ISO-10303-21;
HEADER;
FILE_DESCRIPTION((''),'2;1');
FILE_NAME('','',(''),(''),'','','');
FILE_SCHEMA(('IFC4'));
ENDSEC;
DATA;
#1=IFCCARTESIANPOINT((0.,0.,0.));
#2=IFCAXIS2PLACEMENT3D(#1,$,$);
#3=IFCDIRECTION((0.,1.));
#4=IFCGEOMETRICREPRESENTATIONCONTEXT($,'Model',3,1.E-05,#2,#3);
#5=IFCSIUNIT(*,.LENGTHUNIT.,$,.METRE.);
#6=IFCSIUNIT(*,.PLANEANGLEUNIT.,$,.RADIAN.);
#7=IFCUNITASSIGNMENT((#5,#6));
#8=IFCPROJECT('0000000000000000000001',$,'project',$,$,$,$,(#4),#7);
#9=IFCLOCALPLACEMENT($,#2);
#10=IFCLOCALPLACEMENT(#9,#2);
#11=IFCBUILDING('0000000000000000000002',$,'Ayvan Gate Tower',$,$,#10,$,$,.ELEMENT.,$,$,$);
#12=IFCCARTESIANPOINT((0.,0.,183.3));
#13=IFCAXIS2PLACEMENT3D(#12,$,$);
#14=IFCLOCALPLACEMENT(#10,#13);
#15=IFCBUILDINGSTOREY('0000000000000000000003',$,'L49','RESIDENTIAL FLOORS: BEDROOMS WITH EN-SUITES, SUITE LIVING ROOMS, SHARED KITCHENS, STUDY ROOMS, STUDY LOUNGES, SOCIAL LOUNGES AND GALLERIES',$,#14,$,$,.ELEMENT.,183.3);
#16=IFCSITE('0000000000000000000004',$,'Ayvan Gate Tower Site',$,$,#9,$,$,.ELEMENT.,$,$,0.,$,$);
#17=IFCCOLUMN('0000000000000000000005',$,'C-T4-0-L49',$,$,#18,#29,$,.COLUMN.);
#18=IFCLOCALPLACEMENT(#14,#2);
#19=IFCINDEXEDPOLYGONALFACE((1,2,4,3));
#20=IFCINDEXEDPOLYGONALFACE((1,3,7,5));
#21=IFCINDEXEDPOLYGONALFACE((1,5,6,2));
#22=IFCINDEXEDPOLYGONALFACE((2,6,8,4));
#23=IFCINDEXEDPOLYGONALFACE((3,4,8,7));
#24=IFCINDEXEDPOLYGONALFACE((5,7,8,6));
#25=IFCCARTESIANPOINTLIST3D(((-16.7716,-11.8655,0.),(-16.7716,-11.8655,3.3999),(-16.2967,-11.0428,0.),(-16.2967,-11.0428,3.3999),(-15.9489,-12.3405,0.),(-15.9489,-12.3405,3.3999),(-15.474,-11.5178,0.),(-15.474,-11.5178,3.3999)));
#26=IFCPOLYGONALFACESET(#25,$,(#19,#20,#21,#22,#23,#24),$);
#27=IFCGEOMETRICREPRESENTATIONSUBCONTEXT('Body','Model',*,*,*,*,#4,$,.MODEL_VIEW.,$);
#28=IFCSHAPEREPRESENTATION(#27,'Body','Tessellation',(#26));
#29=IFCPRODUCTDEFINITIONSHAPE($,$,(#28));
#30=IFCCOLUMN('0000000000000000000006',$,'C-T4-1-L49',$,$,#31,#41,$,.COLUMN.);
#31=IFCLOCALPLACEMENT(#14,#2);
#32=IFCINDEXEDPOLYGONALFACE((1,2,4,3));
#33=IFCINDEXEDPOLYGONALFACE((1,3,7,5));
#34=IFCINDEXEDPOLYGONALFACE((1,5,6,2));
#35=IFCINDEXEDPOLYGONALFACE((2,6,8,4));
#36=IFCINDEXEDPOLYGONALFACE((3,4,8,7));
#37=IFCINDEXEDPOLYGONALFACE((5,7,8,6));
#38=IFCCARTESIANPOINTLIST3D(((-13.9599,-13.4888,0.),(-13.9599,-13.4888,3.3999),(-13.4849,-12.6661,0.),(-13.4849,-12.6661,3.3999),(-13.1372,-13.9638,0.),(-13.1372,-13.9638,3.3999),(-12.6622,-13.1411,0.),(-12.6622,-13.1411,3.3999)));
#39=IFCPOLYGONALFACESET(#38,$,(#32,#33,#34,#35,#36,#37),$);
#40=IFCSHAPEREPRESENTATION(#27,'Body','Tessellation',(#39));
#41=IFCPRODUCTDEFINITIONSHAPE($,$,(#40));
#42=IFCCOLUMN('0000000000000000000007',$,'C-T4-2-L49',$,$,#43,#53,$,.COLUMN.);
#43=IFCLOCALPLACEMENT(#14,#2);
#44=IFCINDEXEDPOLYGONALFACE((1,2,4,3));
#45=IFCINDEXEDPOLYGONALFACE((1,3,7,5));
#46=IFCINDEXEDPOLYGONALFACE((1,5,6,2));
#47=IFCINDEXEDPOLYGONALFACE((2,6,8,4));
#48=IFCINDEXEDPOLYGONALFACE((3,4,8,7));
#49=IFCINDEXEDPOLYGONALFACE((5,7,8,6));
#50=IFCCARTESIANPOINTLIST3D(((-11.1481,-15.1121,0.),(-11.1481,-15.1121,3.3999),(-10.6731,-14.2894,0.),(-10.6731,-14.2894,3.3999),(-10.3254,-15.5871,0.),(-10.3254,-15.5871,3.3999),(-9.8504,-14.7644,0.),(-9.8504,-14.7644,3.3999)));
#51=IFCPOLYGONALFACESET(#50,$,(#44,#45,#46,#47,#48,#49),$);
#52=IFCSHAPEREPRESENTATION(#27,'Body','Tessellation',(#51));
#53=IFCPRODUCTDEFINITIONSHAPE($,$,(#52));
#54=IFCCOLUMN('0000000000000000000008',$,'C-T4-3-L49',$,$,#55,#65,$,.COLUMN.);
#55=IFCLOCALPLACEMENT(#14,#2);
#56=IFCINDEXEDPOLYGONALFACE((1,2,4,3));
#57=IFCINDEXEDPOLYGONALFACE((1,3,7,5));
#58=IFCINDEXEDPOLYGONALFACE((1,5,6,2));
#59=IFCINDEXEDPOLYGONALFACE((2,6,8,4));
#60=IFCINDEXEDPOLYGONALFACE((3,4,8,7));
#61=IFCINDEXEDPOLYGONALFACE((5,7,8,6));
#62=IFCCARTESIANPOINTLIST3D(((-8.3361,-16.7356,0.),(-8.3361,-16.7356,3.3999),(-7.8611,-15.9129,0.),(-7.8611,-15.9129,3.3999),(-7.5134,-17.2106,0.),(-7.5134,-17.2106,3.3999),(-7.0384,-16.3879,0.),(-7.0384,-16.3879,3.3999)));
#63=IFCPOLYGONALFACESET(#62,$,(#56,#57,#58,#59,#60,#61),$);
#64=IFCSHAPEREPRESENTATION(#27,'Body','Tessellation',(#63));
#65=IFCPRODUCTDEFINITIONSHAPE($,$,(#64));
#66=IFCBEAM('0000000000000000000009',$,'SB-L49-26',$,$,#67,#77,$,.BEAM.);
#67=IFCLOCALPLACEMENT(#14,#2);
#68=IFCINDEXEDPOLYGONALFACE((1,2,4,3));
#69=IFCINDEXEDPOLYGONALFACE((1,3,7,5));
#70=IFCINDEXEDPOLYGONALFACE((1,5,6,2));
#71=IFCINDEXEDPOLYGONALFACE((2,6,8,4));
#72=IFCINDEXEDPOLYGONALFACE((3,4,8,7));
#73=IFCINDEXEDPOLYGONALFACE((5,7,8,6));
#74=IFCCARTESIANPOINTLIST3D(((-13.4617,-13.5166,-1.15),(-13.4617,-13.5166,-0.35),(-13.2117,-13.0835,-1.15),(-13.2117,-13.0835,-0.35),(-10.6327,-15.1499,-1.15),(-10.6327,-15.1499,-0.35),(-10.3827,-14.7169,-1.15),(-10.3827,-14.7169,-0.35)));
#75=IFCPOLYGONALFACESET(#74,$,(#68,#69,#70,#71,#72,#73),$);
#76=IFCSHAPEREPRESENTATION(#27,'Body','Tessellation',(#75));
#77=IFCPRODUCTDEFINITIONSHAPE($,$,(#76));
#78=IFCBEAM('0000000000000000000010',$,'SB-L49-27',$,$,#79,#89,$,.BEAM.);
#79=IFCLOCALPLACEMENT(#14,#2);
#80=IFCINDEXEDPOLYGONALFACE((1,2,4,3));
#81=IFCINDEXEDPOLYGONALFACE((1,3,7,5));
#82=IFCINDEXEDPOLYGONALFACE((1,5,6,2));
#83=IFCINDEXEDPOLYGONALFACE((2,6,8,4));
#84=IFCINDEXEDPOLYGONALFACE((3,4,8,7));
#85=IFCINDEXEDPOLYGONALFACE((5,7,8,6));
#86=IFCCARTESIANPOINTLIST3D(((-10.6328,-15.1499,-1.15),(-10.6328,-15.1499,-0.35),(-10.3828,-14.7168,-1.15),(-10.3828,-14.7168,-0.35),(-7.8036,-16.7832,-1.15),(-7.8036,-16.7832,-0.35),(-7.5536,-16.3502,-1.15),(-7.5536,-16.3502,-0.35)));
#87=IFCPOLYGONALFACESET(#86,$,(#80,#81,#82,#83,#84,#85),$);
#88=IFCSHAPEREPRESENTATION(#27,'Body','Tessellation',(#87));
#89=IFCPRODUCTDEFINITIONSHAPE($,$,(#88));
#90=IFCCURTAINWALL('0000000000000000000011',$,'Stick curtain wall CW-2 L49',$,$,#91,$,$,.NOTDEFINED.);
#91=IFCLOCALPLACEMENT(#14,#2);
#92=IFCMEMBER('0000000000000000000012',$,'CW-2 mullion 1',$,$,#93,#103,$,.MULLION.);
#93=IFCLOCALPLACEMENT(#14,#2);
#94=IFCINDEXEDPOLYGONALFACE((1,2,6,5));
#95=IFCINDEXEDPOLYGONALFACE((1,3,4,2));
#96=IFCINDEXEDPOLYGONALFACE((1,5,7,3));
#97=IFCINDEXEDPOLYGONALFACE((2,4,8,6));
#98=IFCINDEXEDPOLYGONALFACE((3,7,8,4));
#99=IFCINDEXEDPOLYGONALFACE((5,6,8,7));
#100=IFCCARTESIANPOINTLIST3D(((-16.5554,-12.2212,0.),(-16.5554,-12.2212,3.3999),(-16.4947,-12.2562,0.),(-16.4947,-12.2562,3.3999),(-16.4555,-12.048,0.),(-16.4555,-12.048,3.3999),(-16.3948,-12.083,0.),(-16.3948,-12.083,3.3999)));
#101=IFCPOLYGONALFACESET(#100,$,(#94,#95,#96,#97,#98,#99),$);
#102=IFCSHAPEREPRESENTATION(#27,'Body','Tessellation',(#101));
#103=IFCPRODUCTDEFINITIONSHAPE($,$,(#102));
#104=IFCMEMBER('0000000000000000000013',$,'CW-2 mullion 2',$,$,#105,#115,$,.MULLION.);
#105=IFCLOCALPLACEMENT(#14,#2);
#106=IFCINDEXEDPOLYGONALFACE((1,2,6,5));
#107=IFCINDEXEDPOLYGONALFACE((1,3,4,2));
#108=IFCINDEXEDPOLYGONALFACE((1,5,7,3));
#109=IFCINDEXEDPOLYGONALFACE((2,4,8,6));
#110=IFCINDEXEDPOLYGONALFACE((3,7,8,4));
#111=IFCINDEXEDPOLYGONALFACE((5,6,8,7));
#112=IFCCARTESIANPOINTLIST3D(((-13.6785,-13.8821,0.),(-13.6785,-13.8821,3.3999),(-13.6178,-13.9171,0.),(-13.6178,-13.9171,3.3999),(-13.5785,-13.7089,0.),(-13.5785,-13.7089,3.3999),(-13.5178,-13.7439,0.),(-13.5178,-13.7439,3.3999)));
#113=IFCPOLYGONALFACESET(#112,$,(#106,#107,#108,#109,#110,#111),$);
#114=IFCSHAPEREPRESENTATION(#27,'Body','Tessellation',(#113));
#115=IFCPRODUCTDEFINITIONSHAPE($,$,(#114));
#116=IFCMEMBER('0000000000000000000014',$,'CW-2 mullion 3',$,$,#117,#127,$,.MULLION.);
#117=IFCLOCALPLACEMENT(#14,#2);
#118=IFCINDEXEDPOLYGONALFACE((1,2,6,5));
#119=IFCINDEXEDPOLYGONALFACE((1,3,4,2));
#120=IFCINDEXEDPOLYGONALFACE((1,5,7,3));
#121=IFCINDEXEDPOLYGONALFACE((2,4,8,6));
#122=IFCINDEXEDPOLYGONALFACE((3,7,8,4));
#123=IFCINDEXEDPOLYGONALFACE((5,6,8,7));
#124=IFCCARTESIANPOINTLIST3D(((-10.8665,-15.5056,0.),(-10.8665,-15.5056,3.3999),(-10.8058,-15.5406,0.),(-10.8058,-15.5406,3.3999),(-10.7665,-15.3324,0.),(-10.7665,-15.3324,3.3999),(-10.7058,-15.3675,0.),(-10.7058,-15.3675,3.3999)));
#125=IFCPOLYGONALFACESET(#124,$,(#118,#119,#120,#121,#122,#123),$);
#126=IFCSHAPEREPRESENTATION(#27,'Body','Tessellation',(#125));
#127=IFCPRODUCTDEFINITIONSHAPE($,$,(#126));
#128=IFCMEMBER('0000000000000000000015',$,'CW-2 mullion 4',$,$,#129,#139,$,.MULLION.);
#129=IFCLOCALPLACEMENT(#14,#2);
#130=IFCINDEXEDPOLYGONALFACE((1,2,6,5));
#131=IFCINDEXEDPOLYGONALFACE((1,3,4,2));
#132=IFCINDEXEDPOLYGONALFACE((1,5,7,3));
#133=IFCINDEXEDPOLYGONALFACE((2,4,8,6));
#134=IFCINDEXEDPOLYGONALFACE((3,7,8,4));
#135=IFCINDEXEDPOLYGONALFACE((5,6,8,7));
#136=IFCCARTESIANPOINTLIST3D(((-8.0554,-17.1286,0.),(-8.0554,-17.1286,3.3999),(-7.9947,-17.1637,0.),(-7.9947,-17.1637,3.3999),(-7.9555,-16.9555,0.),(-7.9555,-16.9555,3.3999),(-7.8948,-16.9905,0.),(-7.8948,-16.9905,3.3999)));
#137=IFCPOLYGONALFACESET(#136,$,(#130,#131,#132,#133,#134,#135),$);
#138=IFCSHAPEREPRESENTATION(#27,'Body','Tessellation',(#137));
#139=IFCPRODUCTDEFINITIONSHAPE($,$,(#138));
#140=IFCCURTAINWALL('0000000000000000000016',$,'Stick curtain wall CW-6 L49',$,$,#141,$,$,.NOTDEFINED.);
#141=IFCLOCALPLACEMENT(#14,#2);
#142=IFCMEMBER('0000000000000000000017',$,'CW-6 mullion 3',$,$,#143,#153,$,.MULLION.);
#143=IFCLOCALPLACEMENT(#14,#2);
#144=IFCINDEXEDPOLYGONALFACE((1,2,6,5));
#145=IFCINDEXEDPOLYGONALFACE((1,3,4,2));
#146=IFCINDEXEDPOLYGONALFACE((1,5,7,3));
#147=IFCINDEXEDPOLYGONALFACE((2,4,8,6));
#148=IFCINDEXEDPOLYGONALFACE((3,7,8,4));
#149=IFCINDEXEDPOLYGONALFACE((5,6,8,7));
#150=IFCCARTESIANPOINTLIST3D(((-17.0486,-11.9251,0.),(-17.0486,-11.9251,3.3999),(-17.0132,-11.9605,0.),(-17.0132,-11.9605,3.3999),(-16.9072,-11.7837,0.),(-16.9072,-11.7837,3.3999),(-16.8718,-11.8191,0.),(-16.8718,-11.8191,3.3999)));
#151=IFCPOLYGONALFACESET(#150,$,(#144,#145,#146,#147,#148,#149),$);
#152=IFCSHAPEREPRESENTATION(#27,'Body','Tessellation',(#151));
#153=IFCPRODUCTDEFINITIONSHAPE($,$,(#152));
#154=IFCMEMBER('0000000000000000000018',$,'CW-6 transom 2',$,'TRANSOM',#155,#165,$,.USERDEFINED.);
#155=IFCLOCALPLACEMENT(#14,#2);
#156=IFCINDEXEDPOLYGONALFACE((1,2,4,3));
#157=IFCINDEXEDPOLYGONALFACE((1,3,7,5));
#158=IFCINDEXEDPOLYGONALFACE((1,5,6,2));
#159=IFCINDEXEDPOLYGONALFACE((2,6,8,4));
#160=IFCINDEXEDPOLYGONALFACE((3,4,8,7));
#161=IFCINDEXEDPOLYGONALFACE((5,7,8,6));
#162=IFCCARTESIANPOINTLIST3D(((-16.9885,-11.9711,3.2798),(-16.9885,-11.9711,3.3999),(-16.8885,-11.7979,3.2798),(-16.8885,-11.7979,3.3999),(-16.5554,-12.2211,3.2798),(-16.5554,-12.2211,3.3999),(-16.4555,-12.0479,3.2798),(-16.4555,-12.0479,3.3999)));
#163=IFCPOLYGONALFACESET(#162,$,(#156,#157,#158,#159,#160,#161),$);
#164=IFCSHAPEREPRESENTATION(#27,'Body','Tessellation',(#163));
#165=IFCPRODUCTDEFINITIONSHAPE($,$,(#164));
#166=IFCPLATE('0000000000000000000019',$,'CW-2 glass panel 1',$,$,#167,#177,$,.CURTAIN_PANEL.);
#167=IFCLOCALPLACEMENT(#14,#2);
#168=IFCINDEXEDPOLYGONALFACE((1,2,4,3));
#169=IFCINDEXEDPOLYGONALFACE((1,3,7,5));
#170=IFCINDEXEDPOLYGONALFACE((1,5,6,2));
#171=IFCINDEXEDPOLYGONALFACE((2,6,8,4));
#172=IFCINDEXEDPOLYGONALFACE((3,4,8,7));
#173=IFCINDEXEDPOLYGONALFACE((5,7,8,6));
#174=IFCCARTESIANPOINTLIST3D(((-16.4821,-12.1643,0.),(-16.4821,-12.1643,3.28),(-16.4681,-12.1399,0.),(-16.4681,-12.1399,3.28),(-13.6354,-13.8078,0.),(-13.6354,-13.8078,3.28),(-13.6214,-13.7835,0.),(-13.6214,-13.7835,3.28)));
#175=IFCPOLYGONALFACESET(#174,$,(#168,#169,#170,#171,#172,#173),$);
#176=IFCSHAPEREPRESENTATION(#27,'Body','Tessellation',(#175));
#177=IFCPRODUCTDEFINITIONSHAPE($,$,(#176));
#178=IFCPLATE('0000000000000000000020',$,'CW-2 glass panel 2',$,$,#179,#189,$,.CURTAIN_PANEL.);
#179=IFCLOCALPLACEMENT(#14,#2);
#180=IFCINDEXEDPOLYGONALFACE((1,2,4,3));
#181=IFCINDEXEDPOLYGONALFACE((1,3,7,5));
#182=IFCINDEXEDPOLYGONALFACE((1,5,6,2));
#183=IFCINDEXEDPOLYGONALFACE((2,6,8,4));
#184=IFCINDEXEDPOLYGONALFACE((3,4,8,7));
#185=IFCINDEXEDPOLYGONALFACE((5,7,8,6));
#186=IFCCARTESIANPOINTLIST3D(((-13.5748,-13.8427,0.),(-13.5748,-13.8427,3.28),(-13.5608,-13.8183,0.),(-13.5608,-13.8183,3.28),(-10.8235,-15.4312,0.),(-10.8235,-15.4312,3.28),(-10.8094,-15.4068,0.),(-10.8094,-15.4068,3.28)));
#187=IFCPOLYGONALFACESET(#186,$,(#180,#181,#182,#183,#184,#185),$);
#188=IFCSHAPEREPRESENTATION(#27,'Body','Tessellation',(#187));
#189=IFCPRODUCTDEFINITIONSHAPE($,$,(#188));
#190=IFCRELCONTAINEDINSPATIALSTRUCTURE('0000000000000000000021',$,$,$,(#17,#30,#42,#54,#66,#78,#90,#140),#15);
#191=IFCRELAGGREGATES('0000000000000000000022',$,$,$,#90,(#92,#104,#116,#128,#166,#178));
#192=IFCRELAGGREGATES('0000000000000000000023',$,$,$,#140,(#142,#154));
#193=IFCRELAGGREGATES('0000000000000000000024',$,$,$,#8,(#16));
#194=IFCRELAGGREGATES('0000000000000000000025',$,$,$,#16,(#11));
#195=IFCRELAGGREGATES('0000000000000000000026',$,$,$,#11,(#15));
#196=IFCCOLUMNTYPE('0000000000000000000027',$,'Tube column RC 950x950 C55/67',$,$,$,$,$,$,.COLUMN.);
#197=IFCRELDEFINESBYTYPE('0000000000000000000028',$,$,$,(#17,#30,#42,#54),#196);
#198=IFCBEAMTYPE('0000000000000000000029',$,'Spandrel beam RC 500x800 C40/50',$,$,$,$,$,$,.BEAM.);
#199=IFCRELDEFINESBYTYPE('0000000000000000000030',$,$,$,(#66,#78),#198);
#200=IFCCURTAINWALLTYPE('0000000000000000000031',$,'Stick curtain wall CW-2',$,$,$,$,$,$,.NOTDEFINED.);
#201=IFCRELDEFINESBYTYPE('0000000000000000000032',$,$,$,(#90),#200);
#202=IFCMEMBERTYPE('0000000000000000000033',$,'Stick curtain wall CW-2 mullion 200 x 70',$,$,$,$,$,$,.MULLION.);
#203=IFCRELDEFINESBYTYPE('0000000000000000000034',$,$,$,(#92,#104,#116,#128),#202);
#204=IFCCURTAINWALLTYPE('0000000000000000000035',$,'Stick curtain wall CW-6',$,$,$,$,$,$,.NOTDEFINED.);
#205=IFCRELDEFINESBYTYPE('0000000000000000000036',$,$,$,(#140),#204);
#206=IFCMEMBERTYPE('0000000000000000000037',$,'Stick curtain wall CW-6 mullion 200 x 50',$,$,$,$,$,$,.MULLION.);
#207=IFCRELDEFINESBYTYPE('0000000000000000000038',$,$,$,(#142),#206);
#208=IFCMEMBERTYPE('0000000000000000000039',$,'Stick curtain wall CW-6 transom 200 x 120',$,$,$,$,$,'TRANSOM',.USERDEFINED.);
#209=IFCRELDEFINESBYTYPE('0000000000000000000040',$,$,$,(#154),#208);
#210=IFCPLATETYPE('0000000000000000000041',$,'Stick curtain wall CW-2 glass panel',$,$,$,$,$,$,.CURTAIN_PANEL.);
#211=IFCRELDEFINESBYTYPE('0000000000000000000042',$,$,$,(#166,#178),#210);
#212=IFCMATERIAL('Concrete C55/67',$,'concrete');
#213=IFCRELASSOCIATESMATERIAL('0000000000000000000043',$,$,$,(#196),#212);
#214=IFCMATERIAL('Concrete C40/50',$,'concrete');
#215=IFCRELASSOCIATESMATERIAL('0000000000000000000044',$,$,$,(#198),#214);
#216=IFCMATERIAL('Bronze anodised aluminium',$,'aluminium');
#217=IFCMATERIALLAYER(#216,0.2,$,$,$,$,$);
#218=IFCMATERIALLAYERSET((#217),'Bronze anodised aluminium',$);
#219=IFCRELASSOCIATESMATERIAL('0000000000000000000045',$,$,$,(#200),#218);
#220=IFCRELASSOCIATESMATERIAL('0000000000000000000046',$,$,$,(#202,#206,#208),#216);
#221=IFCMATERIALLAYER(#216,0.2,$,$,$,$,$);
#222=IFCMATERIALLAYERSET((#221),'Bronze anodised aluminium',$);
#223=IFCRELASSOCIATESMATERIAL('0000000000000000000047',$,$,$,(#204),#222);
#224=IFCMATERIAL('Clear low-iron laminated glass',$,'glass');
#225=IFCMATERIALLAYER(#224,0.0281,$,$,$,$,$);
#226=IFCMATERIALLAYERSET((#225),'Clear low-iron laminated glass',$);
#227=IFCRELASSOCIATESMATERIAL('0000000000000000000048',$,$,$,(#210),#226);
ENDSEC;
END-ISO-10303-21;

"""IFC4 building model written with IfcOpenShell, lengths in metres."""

from ifc_helpers import new_model, si_unit, direction, frame, origin, origin_2d, place, context, subcontext, project, spatial, rectangle, extrude, material, layer, layer_set, material_profile, profile_set, type_object, element, aggregate, save


model = new_model("IFC4")

# Units and contexts
model_context = context("Model", 3, precision=1e-05, world=origin(), true_north=direction((0.0, 1.0)))
body_context = subcontext(model_context, "Body", "Model", "MODEL_VIEW")
ifc_project = project(units=[si_unit("LENGTHUNIT", "METRE"), si_unit("PLANEANGLEUNIT", "RADIAN")], contexts=[model_context])

# Site, building, storey
site_placement = place(None, origin())
site = spatial("IfcSite", under=ifc_project, at=site_placement, Name="Ayvan Gate Tower Site", CompositionType="ELEMENT", RefElevation=0.0)
building_placement = place(site_placement, origin())
building = spatial("IfcBuilding", under=site, at=building_placement, Name="Ayvan Gate Tower", CompositionType="ELEMENT")
storey_placement = place(building_placement, frame((0.0, 0.0, 183.3)))
storey = spatial("IfcBuildingStorey", under=building, at=storey_placement, Name="L49", Description="RESIDENTIAL FLOORS: BEDROOMS WITH EN-SUITES, SUITE LIVING ROOMS, SHARED KITCHENS, STUDY ROOMS, STUDY LOUNGES, SOCIAL LOUNGES AND GALLERIES", CompositionType="ELEMENT", Elevation=183.3)

# Columns
ifc_material_1 = material(Name="Concrete C55/67", Category="concrete")
ifc_material_profile_1 = material_profile(ifc_material_1, rectangle(XDim=0.95, YDim=0.95, at=origin_2d()), Name="RC 950x950")
ifc_profile_set_1 = profile_set([ifc_material_profile_1], Name="Concrete C55/67")
column_type = type_object("IfcColumnType", Name="Tube column RC 950x950 C55/67", PredefinedType="COLUMN", material=ifc_profile_set_1)
for number, where, z_axis, x_axis, name in (
    (1, (-16.1228, -11.6917, 0.0), (0.0, 0.0, 1.0), (-0.5, -0.866025, 0.0), "C-T4-0-L49"),
    (2, (-13.311, -13.3149, 0.0), (0.0, 0.0, 1.0), (-0.5, -0.866025, 0.0), "C-T4-1-L49"),
    (3, (-10.4993, -14.9382, 0.0), (0.0, 0.0, 1.0), (-0.5, -0.866025, 0.0), "C-T4-2-L49"),
    (4, (-7.6873, -16.5618, 0.0), (0.0, 0.0, 1.0), (-0.5, -0.866025, 0.0), "C-T4-3-L49"),
):
    element("IfcColumn", number, at=place(storey_placement, frame(where, z_axis=z_axis, x_axis=x_axis)), inside=storey, type_object=column_type, Name=name, PredefinedType="COLUMN", context=body_context, shape_type="SweptSolid", body=[
        extrude(rectangle(XDim=0.95, YDim=0.95, at=origin_2d()), origin(), (0.0, 0.0, 1.0), 3.3999),
    ])

# Beams
ifc_material_2 = material(Name="Concrete C40/50", Category="concrete")
ifc_material_profile_2 = material_profile(ifc_material_2, rectangle(XDim=0.5, YDim=0.8, at=origin_2d()), Name="RC 500x800")
ifc_profile_set_2 = profile_set([ifc_material_profile_2], Name="Concrete C40/50")
beam_type = type_object("IfcBeamType", Name="Spandrel beam RC 500x800 C40/50", PredefinedType="BEAM", material=ifc_profile_set_2)
beam_1_placement = place(storey_placement, frame((-13.3367, -13.3, -0.75), z_axis=(0.866018, -0.500014, 0.0), x_axis=(0.500014, 0.866018, 0.0)))
element("IfcBeam", 5, at=beam_1_placement, inside=storey, type_object=beam_type, Name="SB-L49-26", PredefinedType="BEAM", context=body_context, shape_type="SweptSolid", body=[
    extrude(rectangle(XDim=0.5, YDim=0.8, at=origin_2d()), origin(), (0.0, 0.0, 1.0), 3.2666),
])
beam_2_placement = place(storey_placement, frame((-10.5078, -14.9333, -0.75), z_axis=(0.866036, -0.499981, 0.0), x_axis=(0.499981, 0.866036, 0.0)))
element("IfcBeam", 6, at=beam_2_placement, inside=storey, type_object=beam_type, Name="SB-L49-27", PredefinedType="BEAM", context=body_context, shape_type="SweptSolid", body=[
    extrude(rectangle(XDim=0.5, YDim=0.8, at=origin_2d()), origin(), (0.0, 0.0, 1.0), 3.2668),
])

# Curtain walls, members
ifc_material_3 = material(Name="Bronze anodised aluminium", Category="aluminium")
ifc_layer_1 = layer(ifc_material_3, 0.2)
ifc_layer_set_1 = layer_set([ifc_layer_1], Name="Bronze anodised aluminium")
curtain_wall_type_1 = type_object("IfcCurtainWallType", Name="Stick curtain wall CW-2", PredefinedType="NOTDEFINED", material=ifc_layer_set_1)
curtain_wall_1_placement = place(storey_placement, origin())
curtain_wall_1 = element("IfcCurtainWall", 7, at=curtain_wall_1_placement, inside=storey, type_object=curtain_wall_type_1, Name="Stick curtain wall CW-2 L49", PredefinedType="NOTDEFINED")
ifc_material_profile_3 = material_profile(ifc_material_3, rectangle(XDim=0.2, YDim=0.0701, at=origin_2d()), Name="Stick curtain wall CW-2 mullion 200 x 70")
ifc_profile_set_3 = profile_set([ifc_material_profile_3], Name="Bronze anodised aluminium")
member_type_1 = type_object("IfcMemberType", Name="Stick curtain wall CW-2 mullion 200 x 70", PredefinedType="MULLION", material=ifc_profile_set_3)
member_1_placement = place(storey_placement, frame((-16.4751, -12.1521, 0.0), z_axis=(0.0, 0.0, 1.0), x_axis=(-0.5, -0.866025, 0.0)))
member_1 = element("IfcMember", 8, at=member_1_placement, type_object=member_type_1, Name="CW-2 mullion 1", PredefinedType="MULLION", context=body_context, shape_type="SweptSolid", body=[
    extrude(rectangle(XDim=0.2, YDim=0.0701, at=origin_2d()), origin(), (0.0, 0.0, 1.0), 3.3999),
])
member_2_placement = place(storey_placement, frame((-13.5981, -13.813, 0.0), z_axis=(0.0, 0.0, 1.0), x_axis=(-0.5, -0.866025, 0.0)))
member_2 = element("IfcMember", 9, at=member_2_placement, type_object=member_type_1, Name="CW-2 mullion 2", PredefinedType="MULLION", context=body_context, shape_type="SweptSolid", body=[
    extrude(rectangle(XDim=0.2, YDim=0.0701, at=origin_2d()), origin(), (0.0, 0.0, 1.0), 3.3999),
])
member_3_placement = place(storey_placement, frame((-10.7861, -15.4365, 0.0), z_axis=(0.0, 0.0, 1.0), x_axis=(-0.5, -0.866025, 0.0)))
member_3 = element("IfcMember", 10, at=member_3_placement, type_object=member_type_1, Name="CW-2 mullion 3", PredefinedType="MULLION", context=body_context, shape_type="SweptSolid", body=[
    extrude(rectangle(XDim=0.2, YDim=0.0701, at=origin_2d()), origin(), (0.0, 0.0, 1.0), 3.3999),
])
member_4_placement = place(storey_placement, frame((-7.9751, -17.0596, 0.0), z_axis=(0.0, 0.0, 1.0), x_axis=(-0.5, -0.866025, 0.0)))
member_4 = element("IfcMember", 11, at=member_4_placement, type_object=member_type_1, Name="CW-2 mullion 4", PredefinedType="MULLION", context=body_context, shape_type="SweptSolid", body=[
    extrude(rectangle(XDim=0.2, YDim=0.0701, at=origin_2d()), origin(), (0.0, 0.0, 1.0), 3.3999),
])
ifc_layer_2 = layer(ifc_material_3, 0.2)
ifc_layer_set_2 = layer_set([ifc_layer_2], Name="Bronze anodised aluminium")
curtain_wall_type_2 = type_object("IfcCurtainWallType", Name="Stick curtain wall CW-6", PredefinedType="NOTDEFINED", material=ifc_layer_set_2)
curtain_wall_2_placement = place(storey_placement, origin())
curtain_wall_2 = element("IfcCurtainWall", 12, at=curtain_wall_2_placement, inside=storey, type_object=curtain_wall_type_2, Name="Stick curtain wall CW-6 L49", PredefinedType="NOTDEFINED")
ifc_material_profile_4 = material_profile(ifc_material_3, rectangle(XDim=0.2, YDim=0.05, at=origin_2d()), Name="Stick curtain wall CW-6 mullion 200 x 50")
ifc_profile_set_4 = profile_set([ifc_material_profile_4], Name="Bronze anodised aluminium")
member_type_2 = type_object("IfcMemberType", Name="Stick curtain wall CW-6 mullion 200 x 50", PredefinedType="MULLION", material=ifc_profile_set_4)
member_5_placement = place(storey_placement, frame((-16.9602, -11.8721, 0.0), z_axis=(0.0, 0.0, 1.0), x_axis=(-0.707107, -0.707107, 0.0)))
member_5 = element("IfcMember", 13, at=member_5_placement, type_object=member_type_2, Name="CW-6 mullion 3", PredefinedType="MULLION", context=body_context, shape_type="SweptSolid", body=[
    extrude(rectangle(XDim=0.2, YDim=0.05, at=origin_2d()), origin(), (0.0, 0.0, 1.0), 3.3999),
])
ifc_material_profile_5 = material_profile(ifc_material_3, rectangle(XDim=0.2, YDim=0.1201, at=origin_2d()), Name="Stick curtain wall CW-6 transom 200 x 120")
ifc_profile_set_5 = profile_set([ifc_material_profile_5], Name="Bronze anodised aluminium")
member_type_3 = type_object("IfcMemberType", Name="Stick curtain wall CW-6 transom 200 x 120", ElementType="TRANSOM", PredefinedType="USERDEFINED", material=ifc_profile_set_5)
member_6_placement = place(storey_placement, frame((-16.9385, -11.8845, 3.3398), z_axis=(0.866072, -0.49992, 0.0), x_axis=(0.49992, 0.866072, 0.0)))
member_6 = element("IfcMember", 14, at=member_6_placement, type_object=member_type_3, Name="CW-6 transom 2", ObjectType="TRANSOM", PredefinedType="USERDEFINED", context=body_context, shape_type="SweptSolid", body=[
    extrude(rectangle(XDim=0.2, YDim=0.1201, at=origin_2d()), origin(), (0.0, 0.0, 1.0), 0.5),
])

# Plates
ifc_material_4 = material(Name="Clear low-iron laminated glass", Category="glass")
ifc_layer_3 = layer(ifc_material_4, 0.0281)
ifc_layer_set_3 = layer_set([ifc_layer_3], Name="Clear low-iron laminated glass")
plate_type_1 = type_object("IfcPlateType", Name="Stick curtain wall CW-2 glass panel", PredefinedType="CURTAIN_PANEL", material=ifc_layer_set_3)
plate_1_placement = place(storey_placement, frame((-15.0518, -12.9739, 0.0), z_axis=(0.0, 0.0, 1.0), x_axis=(0.866025, -0.5, 0.0)))
plate_1 = element("IfcPlate", 15, at=plate_1_placement, type_object=plate_type_1, Name="CW-2 glass panel 1", PredefinedType="CURTAIN_PANEL", context=body_context, shape_type="SweptSolid", body=[
    extrude(rectangle(XDim=3.2871, YDim=0.0281, at=origin_2d()), origin(), (0.0, 0.0, 1.0), 3.28),
])
plate_2_placement = place(storey_placement, frame((-12.1921, -14.6248, 0.0), z_axis=(0.0, 0.0, 1.0), x_axis=(0.866025, -0.5, 0.0)))
plate_2 = element("IfcPlate", 16, at=plate_2_placement, type_object=plate_type_1, Name="CW-2 glass panel 2", PredefinedType="CURTAIN_PANEL", context=body_context, shape_type="SweptSolid", body=[
    extrude(rectangle(XDim=3.177, YDim=0.0281, at=origin_2d()), origin(), (0.0, 0.0, 1.0), 3.28),
])
aggregate(curtain_wall_1, [member_1, member_2, member_3, member_4, plate_1, plate_2])
aggregate(curtain_wall_2, [member_5, member_6])

save(model, "model.ifc")
